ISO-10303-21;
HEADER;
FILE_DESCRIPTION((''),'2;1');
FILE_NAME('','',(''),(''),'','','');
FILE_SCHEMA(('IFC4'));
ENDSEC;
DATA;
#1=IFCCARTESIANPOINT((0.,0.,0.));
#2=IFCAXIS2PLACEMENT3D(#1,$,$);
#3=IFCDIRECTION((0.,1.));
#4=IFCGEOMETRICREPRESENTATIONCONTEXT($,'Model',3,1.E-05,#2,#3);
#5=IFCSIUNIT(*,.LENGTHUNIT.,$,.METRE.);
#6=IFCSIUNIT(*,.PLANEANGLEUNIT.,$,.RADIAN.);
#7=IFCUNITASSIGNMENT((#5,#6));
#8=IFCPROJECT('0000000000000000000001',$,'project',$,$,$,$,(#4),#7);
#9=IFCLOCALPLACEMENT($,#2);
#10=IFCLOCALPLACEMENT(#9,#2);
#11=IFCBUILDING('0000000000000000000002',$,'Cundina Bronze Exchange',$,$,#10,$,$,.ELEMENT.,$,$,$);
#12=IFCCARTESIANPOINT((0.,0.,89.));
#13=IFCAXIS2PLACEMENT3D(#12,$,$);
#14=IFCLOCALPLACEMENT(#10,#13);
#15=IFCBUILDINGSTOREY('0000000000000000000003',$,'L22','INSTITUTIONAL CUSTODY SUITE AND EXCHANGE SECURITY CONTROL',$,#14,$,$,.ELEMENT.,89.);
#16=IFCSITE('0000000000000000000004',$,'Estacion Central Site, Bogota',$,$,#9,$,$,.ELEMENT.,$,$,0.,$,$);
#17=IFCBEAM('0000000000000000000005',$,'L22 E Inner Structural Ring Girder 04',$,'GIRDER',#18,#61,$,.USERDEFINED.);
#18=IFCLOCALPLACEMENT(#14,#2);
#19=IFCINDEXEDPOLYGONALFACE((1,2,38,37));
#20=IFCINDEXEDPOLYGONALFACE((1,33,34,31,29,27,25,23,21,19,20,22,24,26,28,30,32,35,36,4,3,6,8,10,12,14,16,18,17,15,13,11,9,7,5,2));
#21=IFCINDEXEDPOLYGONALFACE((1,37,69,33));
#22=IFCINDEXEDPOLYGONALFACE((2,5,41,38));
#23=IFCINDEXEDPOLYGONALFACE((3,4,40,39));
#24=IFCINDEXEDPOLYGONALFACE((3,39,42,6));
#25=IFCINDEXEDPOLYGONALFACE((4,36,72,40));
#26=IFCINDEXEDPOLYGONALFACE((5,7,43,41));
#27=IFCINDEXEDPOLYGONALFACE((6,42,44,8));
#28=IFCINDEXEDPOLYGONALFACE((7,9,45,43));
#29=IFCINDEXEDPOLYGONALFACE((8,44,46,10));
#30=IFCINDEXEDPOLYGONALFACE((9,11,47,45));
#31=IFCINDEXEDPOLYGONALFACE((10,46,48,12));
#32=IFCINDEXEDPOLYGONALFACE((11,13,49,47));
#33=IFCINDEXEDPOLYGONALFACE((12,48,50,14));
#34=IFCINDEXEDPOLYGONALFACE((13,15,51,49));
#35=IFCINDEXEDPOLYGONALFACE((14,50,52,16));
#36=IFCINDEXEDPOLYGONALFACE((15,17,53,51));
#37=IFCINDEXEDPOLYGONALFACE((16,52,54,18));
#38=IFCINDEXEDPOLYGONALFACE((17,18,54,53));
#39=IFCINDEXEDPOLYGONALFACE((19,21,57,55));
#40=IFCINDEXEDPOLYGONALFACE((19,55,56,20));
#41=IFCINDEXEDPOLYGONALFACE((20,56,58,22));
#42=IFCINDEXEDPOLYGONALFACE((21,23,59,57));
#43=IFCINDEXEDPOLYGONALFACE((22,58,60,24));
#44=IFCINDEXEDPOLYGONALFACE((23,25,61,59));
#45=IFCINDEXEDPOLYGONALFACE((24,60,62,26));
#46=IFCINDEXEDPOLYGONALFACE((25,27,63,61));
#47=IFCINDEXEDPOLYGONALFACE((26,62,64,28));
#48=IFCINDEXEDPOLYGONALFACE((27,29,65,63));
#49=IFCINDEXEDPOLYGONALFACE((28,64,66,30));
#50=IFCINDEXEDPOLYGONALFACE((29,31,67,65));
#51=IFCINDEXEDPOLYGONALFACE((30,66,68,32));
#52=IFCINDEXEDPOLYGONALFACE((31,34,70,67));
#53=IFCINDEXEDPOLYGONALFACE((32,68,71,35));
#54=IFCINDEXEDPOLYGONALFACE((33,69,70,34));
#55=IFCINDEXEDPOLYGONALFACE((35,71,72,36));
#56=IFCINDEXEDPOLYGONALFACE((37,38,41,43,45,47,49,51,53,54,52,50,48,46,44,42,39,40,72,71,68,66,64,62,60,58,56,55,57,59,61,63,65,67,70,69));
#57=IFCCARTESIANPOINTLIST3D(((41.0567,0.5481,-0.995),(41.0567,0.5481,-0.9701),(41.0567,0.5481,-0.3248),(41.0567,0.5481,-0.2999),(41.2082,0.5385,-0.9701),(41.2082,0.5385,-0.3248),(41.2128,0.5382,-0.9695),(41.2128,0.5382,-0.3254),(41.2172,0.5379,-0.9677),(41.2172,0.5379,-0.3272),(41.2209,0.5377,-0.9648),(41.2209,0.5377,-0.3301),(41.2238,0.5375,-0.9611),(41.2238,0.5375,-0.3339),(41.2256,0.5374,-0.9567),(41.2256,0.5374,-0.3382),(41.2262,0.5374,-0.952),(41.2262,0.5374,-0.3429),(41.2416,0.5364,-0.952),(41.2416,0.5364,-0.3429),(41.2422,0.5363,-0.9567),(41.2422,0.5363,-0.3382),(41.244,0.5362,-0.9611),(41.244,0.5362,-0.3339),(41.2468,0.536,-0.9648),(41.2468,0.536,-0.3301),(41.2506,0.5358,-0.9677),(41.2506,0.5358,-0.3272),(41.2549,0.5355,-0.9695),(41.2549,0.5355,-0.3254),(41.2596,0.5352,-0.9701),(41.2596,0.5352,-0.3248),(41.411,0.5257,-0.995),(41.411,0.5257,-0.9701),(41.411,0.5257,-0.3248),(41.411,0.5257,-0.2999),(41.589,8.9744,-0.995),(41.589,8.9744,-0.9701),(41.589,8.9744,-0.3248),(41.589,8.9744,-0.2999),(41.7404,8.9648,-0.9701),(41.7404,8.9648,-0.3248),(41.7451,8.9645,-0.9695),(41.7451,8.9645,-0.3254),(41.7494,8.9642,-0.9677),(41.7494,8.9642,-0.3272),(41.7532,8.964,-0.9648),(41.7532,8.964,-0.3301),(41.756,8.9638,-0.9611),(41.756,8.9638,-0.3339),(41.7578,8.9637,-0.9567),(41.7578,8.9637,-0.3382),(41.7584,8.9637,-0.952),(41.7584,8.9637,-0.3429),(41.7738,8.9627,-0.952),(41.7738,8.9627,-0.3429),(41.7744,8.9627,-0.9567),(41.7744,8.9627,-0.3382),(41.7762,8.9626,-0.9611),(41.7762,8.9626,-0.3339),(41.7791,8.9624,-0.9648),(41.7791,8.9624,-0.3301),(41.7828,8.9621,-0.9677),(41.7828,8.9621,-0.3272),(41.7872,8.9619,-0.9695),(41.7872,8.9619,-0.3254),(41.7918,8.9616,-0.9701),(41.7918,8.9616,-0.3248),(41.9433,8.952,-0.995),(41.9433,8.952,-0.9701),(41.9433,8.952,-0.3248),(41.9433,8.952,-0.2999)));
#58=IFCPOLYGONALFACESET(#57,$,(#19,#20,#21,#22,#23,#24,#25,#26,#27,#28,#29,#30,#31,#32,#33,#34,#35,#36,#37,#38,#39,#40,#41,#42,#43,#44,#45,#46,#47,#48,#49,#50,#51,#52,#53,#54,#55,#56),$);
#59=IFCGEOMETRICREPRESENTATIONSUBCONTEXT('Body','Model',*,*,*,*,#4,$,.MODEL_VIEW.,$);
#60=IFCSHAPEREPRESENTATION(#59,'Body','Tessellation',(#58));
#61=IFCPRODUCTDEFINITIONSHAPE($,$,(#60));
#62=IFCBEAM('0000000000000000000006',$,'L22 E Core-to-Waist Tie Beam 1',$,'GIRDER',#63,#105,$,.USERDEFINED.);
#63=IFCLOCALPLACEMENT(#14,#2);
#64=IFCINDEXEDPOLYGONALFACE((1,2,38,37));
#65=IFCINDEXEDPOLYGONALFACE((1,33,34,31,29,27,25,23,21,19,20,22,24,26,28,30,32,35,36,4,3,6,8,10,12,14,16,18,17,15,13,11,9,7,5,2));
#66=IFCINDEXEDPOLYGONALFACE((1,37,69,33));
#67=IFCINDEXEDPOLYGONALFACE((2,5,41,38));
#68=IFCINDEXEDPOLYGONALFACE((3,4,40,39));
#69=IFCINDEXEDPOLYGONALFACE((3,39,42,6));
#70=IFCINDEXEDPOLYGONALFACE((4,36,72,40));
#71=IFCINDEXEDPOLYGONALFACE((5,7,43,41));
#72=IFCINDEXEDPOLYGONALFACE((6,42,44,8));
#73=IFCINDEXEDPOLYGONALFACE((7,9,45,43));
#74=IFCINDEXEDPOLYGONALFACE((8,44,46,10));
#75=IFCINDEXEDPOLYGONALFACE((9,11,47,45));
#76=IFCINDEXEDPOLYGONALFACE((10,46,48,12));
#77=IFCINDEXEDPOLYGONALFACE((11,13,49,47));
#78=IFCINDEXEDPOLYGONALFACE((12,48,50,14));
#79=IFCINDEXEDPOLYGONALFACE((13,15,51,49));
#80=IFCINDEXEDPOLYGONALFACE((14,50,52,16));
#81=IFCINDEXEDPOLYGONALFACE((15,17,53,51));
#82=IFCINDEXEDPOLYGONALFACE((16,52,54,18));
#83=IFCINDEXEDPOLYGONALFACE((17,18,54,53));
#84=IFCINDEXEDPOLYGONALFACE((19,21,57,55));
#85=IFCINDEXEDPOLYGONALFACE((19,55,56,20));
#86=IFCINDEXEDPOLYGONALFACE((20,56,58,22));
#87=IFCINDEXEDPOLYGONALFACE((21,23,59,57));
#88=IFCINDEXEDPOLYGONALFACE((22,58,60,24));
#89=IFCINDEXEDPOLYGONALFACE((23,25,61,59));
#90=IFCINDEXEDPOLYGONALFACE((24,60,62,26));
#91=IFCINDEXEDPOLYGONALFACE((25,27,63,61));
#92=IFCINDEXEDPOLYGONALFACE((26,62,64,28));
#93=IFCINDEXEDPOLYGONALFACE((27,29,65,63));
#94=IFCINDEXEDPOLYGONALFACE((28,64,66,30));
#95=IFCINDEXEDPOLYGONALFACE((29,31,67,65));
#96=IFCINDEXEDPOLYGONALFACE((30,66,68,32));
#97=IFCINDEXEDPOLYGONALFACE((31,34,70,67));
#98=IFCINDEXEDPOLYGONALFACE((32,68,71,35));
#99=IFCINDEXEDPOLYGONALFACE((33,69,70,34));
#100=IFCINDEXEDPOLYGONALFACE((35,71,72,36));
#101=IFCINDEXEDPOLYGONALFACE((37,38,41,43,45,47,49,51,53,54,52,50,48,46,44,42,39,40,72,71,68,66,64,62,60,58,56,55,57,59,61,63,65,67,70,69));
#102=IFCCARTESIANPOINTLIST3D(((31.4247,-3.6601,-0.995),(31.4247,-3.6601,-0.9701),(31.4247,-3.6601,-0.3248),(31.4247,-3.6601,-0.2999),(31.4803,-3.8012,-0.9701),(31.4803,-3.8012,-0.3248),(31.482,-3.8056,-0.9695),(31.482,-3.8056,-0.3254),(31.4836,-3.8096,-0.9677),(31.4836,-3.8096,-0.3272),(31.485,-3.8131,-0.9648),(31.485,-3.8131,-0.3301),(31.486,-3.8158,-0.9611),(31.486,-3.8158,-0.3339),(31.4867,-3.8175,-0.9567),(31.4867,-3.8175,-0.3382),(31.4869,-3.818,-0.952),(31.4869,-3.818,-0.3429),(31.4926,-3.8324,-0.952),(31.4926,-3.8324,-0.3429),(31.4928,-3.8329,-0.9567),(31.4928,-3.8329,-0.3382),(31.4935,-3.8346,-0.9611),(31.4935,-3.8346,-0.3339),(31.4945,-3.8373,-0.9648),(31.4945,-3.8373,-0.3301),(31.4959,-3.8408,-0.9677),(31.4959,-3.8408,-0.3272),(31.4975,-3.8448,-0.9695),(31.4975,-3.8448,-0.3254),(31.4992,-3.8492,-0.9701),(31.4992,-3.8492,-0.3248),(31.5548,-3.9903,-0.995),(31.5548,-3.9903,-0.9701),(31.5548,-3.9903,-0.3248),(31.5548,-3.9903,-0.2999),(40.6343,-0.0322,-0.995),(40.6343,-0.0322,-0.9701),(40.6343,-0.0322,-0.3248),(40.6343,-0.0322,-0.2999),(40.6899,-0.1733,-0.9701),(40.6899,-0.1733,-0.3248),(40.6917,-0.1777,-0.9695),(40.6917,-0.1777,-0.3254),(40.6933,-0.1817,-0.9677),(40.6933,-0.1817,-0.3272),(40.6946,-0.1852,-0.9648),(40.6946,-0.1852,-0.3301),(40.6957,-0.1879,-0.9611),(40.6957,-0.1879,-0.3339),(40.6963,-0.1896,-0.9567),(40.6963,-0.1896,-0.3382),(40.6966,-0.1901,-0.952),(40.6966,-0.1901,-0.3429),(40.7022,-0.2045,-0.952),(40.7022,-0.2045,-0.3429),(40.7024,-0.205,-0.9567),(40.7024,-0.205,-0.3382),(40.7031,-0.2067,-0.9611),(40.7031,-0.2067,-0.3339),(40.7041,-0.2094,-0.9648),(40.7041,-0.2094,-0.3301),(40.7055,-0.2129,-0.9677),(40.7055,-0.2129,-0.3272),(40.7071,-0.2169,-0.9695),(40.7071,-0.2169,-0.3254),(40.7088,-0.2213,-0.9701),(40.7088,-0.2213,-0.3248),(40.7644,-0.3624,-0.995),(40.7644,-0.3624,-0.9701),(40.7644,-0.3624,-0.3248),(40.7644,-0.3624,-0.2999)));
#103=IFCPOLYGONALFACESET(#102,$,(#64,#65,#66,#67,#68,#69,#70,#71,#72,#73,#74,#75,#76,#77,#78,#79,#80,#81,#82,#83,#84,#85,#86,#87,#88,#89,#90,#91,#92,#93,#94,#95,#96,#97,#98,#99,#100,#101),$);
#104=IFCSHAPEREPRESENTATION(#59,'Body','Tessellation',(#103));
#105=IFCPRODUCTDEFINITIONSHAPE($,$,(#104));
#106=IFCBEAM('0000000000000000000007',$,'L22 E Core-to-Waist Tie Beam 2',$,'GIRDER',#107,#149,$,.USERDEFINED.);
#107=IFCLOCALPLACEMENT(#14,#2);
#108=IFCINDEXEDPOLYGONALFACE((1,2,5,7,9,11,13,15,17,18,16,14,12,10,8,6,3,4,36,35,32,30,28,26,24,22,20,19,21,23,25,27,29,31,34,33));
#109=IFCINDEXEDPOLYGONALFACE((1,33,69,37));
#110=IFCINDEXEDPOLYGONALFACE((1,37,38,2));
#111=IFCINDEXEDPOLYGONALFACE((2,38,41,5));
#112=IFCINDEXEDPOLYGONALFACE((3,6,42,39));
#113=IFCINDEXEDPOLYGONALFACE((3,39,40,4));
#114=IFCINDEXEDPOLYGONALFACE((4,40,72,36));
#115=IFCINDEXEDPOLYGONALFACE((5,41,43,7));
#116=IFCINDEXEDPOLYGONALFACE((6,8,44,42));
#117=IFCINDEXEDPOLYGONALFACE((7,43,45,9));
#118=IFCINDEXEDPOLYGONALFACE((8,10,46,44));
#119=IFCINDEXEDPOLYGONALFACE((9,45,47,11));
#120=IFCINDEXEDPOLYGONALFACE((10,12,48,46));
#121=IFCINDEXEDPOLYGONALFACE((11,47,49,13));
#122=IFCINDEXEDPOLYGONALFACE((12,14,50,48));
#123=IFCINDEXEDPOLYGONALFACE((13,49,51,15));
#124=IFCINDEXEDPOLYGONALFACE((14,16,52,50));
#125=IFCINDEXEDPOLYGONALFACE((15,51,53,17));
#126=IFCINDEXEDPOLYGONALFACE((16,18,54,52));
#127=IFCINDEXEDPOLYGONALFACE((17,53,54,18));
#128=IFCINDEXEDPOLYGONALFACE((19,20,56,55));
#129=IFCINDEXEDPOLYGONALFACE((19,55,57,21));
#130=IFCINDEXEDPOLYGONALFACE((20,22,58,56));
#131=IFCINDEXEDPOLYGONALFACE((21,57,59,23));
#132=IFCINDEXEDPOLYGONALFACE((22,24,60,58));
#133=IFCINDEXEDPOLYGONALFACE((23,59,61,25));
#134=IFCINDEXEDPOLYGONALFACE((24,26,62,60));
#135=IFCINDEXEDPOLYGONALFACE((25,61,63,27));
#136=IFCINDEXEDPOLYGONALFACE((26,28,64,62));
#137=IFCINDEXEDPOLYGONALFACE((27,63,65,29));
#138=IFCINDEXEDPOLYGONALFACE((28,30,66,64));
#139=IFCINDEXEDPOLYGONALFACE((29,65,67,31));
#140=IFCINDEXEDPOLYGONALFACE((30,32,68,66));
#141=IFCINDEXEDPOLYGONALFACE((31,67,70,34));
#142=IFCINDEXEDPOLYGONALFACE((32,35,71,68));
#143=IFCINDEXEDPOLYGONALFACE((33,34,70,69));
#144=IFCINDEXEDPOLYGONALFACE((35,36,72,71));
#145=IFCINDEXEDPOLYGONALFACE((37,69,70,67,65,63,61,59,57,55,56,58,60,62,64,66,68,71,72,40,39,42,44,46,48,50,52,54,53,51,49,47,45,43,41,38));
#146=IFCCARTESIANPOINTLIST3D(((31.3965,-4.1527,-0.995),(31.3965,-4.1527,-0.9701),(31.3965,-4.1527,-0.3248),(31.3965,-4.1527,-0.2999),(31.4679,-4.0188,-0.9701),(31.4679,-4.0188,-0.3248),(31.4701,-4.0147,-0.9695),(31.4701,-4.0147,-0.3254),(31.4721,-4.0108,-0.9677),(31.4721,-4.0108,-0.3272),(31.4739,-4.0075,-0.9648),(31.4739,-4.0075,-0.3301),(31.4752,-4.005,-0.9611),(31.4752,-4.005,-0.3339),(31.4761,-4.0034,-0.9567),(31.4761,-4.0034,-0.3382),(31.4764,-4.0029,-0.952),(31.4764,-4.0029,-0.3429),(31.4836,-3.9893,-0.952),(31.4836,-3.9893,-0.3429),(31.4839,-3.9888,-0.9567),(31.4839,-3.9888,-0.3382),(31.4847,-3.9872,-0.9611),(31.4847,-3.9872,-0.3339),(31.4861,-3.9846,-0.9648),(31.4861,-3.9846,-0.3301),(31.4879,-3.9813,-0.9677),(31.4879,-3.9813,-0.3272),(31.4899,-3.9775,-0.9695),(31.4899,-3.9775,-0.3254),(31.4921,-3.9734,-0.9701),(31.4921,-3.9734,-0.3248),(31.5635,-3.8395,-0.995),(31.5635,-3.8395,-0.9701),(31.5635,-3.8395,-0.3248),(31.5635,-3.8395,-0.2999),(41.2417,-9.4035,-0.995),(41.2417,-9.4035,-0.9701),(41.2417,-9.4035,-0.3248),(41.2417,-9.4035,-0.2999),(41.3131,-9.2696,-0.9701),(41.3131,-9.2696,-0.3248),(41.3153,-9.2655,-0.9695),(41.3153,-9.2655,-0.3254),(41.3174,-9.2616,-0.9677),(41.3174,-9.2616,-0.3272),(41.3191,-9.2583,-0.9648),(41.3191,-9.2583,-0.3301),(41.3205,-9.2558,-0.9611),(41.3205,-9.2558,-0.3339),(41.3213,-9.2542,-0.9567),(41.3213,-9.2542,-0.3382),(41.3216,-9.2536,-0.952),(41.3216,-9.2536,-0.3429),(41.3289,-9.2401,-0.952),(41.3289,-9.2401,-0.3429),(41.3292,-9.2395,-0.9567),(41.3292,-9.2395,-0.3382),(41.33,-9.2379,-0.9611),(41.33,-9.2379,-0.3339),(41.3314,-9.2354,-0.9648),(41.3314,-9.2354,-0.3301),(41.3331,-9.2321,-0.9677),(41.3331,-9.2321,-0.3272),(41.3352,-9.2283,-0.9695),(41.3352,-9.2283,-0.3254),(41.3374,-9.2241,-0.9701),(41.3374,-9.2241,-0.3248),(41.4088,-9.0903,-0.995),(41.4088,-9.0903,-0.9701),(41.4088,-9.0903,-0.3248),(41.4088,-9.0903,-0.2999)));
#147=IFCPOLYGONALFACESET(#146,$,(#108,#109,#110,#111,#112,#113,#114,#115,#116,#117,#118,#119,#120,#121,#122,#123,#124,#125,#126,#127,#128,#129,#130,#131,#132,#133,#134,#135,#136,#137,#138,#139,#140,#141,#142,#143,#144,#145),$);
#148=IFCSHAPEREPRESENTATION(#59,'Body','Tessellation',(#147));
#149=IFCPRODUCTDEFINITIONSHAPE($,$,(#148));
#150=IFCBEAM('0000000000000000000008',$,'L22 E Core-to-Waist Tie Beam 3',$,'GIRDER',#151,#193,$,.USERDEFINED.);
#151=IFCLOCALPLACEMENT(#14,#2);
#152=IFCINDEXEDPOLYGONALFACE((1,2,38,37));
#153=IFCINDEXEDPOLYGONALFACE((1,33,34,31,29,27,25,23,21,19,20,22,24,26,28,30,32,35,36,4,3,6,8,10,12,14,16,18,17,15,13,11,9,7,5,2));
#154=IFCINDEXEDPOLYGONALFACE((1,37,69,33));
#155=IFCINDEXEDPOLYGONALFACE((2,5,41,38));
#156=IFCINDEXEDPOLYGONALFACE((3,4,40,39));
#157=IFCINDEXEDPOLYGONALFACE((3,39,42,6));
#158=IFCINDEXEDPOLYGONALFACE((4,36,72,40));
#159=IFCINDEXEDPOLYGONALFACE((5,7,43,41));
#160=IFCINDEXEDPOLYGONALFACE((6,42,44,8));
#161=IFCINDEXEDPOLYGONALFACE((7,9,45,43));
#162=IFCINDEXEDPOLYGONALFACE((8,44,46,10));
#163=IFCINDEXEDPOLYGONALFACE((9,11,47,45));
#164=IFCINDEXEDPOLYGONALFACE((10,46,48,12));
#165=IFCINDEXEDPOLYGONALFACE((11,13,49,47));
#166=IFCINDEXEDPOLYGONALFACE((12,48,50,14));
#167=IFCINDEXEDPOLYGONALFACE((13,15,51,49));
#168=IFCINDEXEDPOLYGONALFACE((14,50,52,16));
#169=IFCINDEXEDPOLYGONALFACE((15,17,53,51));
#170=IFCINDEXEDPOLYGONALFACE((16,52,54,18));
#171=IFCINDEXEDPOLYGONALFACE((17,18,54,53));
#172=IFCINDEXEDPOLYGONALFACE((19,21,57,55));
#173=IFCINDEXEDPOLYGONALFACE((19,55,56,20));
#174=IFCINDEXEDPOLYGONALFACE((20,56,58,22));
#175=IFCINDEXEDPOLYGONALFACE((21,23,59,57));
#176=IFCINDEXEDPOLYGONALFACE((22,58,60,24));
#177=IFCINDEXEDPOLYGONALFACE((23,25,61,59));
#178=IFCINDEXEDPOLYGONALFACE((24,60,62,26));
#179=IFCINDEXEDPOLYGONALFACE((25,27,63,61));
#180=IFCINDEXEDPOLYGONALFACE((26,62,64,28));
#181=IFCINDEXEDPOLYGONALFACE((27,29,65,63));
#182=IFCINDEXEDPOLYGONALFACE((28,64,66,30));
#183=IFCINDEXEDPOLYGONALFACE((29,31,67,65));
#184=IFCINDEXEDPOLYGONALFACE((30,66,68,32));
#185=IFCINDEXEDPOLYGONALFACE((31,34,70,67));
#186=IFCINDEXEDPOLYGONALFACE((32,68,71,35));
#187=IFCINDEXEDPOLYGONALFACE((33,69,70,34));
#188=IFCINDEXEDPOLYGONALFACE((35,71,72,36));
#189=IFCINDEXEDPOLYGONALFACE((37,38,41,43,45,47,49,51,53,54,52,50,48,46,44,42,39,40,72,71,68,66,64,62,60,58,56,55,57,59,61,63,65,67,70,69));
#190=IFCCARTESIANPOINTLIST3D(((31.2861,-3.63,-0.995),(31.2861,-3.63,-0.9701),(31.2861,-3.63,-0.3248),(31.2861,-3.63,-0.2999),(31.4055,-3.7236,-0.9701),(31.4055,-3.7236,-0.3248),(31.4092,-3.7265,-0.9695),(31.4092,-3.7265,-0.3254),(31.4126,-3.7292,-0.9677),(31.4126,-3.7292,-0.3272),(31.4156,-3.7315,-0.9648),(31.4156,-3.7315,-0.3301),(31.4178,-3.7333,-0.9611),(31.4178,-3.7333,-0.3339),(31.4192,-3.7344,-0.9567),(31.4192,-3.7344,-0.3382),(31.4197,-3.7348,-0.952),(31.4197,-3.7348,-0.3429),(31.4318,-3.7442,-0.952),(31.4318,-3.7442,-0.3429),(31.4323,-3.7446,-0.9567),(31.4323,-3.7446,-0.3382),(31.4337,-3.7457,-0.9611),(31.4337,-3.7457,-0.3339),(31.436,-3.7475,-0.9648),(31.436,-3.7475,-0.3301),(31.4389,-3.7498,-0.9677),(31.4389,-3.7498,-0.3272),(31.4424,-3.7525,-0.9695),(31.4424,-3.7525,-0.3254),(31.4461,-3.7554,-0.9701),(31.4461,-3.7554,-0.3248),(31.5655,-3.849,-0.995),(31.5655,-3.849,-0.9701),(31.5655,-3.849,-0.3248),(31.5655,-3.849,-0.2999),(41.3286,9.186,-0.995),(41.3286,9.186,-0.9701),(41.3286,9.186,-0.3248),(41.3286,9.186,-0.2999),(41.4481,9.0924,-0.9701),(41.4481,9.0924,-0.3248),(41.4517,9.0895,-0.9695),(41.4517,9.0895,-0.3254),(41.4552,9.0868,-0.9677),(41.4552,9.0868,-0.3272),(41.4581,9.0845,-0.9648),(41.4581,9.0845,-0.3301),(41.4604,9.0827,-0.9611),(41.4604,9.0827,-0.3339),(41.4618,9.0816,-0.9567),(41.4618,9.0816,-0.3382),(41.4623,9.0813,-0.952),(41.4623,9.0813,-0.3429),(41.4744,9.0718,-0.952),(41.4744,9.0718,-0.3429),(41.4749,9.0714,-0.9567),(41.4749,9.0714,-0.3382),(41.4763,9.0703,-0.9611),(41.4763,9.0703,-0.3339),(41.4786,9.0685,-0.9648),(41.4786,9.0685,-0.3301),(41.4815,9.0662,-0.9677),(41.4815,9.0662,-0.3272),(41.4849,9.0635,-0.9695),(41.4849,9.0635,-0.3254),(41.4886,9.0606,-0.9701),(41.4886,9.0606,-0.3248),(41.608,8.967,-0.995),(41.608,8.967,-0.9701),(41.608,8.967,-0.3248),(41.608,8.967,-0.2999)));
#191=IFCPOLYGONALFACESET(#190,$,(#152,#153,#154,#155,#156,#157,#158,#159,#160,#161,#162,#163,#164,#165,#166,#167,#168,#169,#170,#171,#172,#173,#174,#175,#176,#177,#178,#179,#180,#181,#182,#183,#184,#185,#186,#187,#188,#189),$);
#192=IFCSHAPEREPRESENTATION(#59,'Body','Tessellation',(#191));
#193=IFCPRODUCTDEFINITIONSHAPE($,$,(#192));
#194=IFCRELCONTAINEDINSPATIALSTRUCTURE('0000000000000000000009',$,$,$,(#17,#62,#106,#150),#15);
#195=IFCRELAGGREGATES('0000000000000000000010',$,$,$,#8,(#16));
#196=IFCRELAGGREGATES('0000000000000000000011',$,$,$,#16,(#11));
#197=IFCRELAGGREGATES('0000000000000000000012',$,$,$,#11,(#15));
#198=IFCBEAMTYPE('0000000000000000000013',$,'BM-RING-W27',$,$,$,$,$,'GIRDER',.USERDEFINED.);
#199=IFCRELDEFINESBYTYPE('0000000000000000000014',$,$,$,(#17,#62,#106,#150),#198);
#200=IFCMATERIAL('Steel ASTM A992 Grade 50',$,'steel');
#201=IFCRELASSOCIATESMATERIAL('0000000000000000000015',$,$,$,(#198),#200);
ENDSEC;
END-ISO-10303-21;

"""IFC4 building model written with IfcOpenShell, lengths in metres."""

from ifc_helpers import new_model, si_unit, direction, frame, origin, origin_2d, place, context, subcontext, project, spatial, i_section, extrude, material, material_profile, profile_set, type_object, element, save


model = new_model("IFC4")

# Units and contexts
model_context = context("Model", 3, precision=1e-05, world=origin(), true_north=direction((0.0, 1.0)))
body_context = subcontext(model_context, "Body", "Model", "MODEL_VIEW")
ifc_project = project(units=[si_unit("LENGTHUNIT", "METRE"), si_unit("PLANEANGLEUNIT", "RADIAN")], contexts=[model_context])

# Site, building, storey
site_placement = place(None, origin())
site = spatial("IfcSite", under=ifc_project, at=site_placement, Name="Estacion Central Site, Bogota", CompositionType="ELEMENT", RefElevation=0.0)
building_placement = place(site_placement, origin())
building = spatial("IfcBuilding", under=site, at=building_placement, Name="Cundina Bronze Exchange", CompositionType="ELEMENT")
storey_placement = place(building_placement, frame((0.0, 0.0, 89.0)))
storey = spatial("IfcBuildingStorey", under=building, at=storey_placement, Name="L22", Description="INSTITUTIONAL CUSTODY SUITE AND EXCHANGE SECURITY CONTROL", CompositionType="ELEMENT", Elevation=89.0)

# Beams
ifc_material_1 = material(Name="Steel ASTM A992 Grade 50", Category="steel")
ifc_material_profile_1 = material_profile(ifc_material_1, i_section(OverallWidth=0.355, OverallDepth=0.6951, WebThickness=0.0154, FlangeThickness=0.0249, FilletRadius=0.0181, at=origin_2d()), Name="W27X146", Category="steel")
ifc_profile_set_1 = profile_set([ifc_material_profile_1], Name="Steel ASTM A992 Grade 50")
beam_type_1 = type_object("IfcBeamType", Name="BM-RING-W27", ElementType="GIRDER", PredefinedType="USERDEFINED", material=ifc_profile_set_1)
beam_1_placement = place(storey_placement, frame((41.2339, 0.5369, -0.6475), z_axis=(0.063037, 0.998011, 0.0), x_axis=(-0.998011, 0.063037, 0.0)))
element("IfcBeam", 1, at=beam_1_placement, inside=storey, type_object=beam_type_1, Name="L22 E Inner Structural Ring Girder 04", ObjectType="GIRDER", PredefinedType="USERDEFINED", context=body_context, shape_type="SweptSolid", body=[
    extrude(i_section(OverallWidth=0.355, OverallDepth=0.6951, WebThickness=0.0154, FlangeThickness=0.0249, FilletRadius=0.0181, at=origin_2d()), origin(), (0.0, 0.0, 1.0), 8.4431),
])
beam_2_placement = place(storey_placement, frame((31.4897, -3.8252, -0.6475), z_axis=(0.930413, 0.366512, 0.0), x_axis=(-0.366512, 0.930413, 0.0)))
element("IfcBeam", 2, at=beam_2_placement, inside=storey, type_object=beam_type_1, Name="L22 E Core-to-Waist Tie Beam 1", ObjectType="GIRDER", PredefinedType="USERDEFINED", context=body_context, shape_type="SweptSolid", body=[
    extrude(i_section(OverallWidth=0.355, OverallDepth=0.6951, WebThickness=0.0154, FlangeThickness=0.0249, FilletRadius=0.0181, at=origin_2d()), origin(), (0.0, 0.0, 1.0), 9.8984),
])
beam_3_placement = place(storey_placement, frame((31.48, -3.9961, -0.6475), z_axis=(0.882355, -0.470585, 0.0), x_axis=(0.470585, 0.882355, 0.0)))
element("IfcBeam", 3, at=beam_3_placement, inside=storey, type_object=beam_type_1, Name="L22 E Core-to-Waist Tie Beam 2", ObjectType="GIRDER", PredefinedType="USERDEFINED", context=body_context, shape_type="SweptSolid", body=[
    extrude(i_section(OverallWidth=0.355, OverallDepth=0.6951, WebThickness=0.0154, FlangeThickness=0.0249, FilletRadius=0.0181, at=origin_2d()), origin(), (0.0, 0.0, 1.0), 11.158),
])
beam_4_placement = place(storey_placement, frame((31.4258, -3.7395, -0.6475), z_axis=(0.616789, 0.787128, 0.0), x_axis=(-0.787128, 0.616789, 0.0)))
element("IfcBeam", 4, at=beam_4_placement, inside=storey, type_object=beam_type_1, Name="L22 E Core-to-Waist Tie Beam 3", ObjectType="GIRDER", PredefinedType="USERDEFINED", context=body_context, shape_type="SweptSolid", body=[
    extrude(i_section(OverallWidth=0.355, OverallDepth=0.6951, WebThickness=0.0154, FlangeThickness=0.0249, FilletRadius=0.0181, at=origin_2d()), origin(), (0.0, 0.0, 1.0), 16.282),
])

save(model, "model.ifc")
